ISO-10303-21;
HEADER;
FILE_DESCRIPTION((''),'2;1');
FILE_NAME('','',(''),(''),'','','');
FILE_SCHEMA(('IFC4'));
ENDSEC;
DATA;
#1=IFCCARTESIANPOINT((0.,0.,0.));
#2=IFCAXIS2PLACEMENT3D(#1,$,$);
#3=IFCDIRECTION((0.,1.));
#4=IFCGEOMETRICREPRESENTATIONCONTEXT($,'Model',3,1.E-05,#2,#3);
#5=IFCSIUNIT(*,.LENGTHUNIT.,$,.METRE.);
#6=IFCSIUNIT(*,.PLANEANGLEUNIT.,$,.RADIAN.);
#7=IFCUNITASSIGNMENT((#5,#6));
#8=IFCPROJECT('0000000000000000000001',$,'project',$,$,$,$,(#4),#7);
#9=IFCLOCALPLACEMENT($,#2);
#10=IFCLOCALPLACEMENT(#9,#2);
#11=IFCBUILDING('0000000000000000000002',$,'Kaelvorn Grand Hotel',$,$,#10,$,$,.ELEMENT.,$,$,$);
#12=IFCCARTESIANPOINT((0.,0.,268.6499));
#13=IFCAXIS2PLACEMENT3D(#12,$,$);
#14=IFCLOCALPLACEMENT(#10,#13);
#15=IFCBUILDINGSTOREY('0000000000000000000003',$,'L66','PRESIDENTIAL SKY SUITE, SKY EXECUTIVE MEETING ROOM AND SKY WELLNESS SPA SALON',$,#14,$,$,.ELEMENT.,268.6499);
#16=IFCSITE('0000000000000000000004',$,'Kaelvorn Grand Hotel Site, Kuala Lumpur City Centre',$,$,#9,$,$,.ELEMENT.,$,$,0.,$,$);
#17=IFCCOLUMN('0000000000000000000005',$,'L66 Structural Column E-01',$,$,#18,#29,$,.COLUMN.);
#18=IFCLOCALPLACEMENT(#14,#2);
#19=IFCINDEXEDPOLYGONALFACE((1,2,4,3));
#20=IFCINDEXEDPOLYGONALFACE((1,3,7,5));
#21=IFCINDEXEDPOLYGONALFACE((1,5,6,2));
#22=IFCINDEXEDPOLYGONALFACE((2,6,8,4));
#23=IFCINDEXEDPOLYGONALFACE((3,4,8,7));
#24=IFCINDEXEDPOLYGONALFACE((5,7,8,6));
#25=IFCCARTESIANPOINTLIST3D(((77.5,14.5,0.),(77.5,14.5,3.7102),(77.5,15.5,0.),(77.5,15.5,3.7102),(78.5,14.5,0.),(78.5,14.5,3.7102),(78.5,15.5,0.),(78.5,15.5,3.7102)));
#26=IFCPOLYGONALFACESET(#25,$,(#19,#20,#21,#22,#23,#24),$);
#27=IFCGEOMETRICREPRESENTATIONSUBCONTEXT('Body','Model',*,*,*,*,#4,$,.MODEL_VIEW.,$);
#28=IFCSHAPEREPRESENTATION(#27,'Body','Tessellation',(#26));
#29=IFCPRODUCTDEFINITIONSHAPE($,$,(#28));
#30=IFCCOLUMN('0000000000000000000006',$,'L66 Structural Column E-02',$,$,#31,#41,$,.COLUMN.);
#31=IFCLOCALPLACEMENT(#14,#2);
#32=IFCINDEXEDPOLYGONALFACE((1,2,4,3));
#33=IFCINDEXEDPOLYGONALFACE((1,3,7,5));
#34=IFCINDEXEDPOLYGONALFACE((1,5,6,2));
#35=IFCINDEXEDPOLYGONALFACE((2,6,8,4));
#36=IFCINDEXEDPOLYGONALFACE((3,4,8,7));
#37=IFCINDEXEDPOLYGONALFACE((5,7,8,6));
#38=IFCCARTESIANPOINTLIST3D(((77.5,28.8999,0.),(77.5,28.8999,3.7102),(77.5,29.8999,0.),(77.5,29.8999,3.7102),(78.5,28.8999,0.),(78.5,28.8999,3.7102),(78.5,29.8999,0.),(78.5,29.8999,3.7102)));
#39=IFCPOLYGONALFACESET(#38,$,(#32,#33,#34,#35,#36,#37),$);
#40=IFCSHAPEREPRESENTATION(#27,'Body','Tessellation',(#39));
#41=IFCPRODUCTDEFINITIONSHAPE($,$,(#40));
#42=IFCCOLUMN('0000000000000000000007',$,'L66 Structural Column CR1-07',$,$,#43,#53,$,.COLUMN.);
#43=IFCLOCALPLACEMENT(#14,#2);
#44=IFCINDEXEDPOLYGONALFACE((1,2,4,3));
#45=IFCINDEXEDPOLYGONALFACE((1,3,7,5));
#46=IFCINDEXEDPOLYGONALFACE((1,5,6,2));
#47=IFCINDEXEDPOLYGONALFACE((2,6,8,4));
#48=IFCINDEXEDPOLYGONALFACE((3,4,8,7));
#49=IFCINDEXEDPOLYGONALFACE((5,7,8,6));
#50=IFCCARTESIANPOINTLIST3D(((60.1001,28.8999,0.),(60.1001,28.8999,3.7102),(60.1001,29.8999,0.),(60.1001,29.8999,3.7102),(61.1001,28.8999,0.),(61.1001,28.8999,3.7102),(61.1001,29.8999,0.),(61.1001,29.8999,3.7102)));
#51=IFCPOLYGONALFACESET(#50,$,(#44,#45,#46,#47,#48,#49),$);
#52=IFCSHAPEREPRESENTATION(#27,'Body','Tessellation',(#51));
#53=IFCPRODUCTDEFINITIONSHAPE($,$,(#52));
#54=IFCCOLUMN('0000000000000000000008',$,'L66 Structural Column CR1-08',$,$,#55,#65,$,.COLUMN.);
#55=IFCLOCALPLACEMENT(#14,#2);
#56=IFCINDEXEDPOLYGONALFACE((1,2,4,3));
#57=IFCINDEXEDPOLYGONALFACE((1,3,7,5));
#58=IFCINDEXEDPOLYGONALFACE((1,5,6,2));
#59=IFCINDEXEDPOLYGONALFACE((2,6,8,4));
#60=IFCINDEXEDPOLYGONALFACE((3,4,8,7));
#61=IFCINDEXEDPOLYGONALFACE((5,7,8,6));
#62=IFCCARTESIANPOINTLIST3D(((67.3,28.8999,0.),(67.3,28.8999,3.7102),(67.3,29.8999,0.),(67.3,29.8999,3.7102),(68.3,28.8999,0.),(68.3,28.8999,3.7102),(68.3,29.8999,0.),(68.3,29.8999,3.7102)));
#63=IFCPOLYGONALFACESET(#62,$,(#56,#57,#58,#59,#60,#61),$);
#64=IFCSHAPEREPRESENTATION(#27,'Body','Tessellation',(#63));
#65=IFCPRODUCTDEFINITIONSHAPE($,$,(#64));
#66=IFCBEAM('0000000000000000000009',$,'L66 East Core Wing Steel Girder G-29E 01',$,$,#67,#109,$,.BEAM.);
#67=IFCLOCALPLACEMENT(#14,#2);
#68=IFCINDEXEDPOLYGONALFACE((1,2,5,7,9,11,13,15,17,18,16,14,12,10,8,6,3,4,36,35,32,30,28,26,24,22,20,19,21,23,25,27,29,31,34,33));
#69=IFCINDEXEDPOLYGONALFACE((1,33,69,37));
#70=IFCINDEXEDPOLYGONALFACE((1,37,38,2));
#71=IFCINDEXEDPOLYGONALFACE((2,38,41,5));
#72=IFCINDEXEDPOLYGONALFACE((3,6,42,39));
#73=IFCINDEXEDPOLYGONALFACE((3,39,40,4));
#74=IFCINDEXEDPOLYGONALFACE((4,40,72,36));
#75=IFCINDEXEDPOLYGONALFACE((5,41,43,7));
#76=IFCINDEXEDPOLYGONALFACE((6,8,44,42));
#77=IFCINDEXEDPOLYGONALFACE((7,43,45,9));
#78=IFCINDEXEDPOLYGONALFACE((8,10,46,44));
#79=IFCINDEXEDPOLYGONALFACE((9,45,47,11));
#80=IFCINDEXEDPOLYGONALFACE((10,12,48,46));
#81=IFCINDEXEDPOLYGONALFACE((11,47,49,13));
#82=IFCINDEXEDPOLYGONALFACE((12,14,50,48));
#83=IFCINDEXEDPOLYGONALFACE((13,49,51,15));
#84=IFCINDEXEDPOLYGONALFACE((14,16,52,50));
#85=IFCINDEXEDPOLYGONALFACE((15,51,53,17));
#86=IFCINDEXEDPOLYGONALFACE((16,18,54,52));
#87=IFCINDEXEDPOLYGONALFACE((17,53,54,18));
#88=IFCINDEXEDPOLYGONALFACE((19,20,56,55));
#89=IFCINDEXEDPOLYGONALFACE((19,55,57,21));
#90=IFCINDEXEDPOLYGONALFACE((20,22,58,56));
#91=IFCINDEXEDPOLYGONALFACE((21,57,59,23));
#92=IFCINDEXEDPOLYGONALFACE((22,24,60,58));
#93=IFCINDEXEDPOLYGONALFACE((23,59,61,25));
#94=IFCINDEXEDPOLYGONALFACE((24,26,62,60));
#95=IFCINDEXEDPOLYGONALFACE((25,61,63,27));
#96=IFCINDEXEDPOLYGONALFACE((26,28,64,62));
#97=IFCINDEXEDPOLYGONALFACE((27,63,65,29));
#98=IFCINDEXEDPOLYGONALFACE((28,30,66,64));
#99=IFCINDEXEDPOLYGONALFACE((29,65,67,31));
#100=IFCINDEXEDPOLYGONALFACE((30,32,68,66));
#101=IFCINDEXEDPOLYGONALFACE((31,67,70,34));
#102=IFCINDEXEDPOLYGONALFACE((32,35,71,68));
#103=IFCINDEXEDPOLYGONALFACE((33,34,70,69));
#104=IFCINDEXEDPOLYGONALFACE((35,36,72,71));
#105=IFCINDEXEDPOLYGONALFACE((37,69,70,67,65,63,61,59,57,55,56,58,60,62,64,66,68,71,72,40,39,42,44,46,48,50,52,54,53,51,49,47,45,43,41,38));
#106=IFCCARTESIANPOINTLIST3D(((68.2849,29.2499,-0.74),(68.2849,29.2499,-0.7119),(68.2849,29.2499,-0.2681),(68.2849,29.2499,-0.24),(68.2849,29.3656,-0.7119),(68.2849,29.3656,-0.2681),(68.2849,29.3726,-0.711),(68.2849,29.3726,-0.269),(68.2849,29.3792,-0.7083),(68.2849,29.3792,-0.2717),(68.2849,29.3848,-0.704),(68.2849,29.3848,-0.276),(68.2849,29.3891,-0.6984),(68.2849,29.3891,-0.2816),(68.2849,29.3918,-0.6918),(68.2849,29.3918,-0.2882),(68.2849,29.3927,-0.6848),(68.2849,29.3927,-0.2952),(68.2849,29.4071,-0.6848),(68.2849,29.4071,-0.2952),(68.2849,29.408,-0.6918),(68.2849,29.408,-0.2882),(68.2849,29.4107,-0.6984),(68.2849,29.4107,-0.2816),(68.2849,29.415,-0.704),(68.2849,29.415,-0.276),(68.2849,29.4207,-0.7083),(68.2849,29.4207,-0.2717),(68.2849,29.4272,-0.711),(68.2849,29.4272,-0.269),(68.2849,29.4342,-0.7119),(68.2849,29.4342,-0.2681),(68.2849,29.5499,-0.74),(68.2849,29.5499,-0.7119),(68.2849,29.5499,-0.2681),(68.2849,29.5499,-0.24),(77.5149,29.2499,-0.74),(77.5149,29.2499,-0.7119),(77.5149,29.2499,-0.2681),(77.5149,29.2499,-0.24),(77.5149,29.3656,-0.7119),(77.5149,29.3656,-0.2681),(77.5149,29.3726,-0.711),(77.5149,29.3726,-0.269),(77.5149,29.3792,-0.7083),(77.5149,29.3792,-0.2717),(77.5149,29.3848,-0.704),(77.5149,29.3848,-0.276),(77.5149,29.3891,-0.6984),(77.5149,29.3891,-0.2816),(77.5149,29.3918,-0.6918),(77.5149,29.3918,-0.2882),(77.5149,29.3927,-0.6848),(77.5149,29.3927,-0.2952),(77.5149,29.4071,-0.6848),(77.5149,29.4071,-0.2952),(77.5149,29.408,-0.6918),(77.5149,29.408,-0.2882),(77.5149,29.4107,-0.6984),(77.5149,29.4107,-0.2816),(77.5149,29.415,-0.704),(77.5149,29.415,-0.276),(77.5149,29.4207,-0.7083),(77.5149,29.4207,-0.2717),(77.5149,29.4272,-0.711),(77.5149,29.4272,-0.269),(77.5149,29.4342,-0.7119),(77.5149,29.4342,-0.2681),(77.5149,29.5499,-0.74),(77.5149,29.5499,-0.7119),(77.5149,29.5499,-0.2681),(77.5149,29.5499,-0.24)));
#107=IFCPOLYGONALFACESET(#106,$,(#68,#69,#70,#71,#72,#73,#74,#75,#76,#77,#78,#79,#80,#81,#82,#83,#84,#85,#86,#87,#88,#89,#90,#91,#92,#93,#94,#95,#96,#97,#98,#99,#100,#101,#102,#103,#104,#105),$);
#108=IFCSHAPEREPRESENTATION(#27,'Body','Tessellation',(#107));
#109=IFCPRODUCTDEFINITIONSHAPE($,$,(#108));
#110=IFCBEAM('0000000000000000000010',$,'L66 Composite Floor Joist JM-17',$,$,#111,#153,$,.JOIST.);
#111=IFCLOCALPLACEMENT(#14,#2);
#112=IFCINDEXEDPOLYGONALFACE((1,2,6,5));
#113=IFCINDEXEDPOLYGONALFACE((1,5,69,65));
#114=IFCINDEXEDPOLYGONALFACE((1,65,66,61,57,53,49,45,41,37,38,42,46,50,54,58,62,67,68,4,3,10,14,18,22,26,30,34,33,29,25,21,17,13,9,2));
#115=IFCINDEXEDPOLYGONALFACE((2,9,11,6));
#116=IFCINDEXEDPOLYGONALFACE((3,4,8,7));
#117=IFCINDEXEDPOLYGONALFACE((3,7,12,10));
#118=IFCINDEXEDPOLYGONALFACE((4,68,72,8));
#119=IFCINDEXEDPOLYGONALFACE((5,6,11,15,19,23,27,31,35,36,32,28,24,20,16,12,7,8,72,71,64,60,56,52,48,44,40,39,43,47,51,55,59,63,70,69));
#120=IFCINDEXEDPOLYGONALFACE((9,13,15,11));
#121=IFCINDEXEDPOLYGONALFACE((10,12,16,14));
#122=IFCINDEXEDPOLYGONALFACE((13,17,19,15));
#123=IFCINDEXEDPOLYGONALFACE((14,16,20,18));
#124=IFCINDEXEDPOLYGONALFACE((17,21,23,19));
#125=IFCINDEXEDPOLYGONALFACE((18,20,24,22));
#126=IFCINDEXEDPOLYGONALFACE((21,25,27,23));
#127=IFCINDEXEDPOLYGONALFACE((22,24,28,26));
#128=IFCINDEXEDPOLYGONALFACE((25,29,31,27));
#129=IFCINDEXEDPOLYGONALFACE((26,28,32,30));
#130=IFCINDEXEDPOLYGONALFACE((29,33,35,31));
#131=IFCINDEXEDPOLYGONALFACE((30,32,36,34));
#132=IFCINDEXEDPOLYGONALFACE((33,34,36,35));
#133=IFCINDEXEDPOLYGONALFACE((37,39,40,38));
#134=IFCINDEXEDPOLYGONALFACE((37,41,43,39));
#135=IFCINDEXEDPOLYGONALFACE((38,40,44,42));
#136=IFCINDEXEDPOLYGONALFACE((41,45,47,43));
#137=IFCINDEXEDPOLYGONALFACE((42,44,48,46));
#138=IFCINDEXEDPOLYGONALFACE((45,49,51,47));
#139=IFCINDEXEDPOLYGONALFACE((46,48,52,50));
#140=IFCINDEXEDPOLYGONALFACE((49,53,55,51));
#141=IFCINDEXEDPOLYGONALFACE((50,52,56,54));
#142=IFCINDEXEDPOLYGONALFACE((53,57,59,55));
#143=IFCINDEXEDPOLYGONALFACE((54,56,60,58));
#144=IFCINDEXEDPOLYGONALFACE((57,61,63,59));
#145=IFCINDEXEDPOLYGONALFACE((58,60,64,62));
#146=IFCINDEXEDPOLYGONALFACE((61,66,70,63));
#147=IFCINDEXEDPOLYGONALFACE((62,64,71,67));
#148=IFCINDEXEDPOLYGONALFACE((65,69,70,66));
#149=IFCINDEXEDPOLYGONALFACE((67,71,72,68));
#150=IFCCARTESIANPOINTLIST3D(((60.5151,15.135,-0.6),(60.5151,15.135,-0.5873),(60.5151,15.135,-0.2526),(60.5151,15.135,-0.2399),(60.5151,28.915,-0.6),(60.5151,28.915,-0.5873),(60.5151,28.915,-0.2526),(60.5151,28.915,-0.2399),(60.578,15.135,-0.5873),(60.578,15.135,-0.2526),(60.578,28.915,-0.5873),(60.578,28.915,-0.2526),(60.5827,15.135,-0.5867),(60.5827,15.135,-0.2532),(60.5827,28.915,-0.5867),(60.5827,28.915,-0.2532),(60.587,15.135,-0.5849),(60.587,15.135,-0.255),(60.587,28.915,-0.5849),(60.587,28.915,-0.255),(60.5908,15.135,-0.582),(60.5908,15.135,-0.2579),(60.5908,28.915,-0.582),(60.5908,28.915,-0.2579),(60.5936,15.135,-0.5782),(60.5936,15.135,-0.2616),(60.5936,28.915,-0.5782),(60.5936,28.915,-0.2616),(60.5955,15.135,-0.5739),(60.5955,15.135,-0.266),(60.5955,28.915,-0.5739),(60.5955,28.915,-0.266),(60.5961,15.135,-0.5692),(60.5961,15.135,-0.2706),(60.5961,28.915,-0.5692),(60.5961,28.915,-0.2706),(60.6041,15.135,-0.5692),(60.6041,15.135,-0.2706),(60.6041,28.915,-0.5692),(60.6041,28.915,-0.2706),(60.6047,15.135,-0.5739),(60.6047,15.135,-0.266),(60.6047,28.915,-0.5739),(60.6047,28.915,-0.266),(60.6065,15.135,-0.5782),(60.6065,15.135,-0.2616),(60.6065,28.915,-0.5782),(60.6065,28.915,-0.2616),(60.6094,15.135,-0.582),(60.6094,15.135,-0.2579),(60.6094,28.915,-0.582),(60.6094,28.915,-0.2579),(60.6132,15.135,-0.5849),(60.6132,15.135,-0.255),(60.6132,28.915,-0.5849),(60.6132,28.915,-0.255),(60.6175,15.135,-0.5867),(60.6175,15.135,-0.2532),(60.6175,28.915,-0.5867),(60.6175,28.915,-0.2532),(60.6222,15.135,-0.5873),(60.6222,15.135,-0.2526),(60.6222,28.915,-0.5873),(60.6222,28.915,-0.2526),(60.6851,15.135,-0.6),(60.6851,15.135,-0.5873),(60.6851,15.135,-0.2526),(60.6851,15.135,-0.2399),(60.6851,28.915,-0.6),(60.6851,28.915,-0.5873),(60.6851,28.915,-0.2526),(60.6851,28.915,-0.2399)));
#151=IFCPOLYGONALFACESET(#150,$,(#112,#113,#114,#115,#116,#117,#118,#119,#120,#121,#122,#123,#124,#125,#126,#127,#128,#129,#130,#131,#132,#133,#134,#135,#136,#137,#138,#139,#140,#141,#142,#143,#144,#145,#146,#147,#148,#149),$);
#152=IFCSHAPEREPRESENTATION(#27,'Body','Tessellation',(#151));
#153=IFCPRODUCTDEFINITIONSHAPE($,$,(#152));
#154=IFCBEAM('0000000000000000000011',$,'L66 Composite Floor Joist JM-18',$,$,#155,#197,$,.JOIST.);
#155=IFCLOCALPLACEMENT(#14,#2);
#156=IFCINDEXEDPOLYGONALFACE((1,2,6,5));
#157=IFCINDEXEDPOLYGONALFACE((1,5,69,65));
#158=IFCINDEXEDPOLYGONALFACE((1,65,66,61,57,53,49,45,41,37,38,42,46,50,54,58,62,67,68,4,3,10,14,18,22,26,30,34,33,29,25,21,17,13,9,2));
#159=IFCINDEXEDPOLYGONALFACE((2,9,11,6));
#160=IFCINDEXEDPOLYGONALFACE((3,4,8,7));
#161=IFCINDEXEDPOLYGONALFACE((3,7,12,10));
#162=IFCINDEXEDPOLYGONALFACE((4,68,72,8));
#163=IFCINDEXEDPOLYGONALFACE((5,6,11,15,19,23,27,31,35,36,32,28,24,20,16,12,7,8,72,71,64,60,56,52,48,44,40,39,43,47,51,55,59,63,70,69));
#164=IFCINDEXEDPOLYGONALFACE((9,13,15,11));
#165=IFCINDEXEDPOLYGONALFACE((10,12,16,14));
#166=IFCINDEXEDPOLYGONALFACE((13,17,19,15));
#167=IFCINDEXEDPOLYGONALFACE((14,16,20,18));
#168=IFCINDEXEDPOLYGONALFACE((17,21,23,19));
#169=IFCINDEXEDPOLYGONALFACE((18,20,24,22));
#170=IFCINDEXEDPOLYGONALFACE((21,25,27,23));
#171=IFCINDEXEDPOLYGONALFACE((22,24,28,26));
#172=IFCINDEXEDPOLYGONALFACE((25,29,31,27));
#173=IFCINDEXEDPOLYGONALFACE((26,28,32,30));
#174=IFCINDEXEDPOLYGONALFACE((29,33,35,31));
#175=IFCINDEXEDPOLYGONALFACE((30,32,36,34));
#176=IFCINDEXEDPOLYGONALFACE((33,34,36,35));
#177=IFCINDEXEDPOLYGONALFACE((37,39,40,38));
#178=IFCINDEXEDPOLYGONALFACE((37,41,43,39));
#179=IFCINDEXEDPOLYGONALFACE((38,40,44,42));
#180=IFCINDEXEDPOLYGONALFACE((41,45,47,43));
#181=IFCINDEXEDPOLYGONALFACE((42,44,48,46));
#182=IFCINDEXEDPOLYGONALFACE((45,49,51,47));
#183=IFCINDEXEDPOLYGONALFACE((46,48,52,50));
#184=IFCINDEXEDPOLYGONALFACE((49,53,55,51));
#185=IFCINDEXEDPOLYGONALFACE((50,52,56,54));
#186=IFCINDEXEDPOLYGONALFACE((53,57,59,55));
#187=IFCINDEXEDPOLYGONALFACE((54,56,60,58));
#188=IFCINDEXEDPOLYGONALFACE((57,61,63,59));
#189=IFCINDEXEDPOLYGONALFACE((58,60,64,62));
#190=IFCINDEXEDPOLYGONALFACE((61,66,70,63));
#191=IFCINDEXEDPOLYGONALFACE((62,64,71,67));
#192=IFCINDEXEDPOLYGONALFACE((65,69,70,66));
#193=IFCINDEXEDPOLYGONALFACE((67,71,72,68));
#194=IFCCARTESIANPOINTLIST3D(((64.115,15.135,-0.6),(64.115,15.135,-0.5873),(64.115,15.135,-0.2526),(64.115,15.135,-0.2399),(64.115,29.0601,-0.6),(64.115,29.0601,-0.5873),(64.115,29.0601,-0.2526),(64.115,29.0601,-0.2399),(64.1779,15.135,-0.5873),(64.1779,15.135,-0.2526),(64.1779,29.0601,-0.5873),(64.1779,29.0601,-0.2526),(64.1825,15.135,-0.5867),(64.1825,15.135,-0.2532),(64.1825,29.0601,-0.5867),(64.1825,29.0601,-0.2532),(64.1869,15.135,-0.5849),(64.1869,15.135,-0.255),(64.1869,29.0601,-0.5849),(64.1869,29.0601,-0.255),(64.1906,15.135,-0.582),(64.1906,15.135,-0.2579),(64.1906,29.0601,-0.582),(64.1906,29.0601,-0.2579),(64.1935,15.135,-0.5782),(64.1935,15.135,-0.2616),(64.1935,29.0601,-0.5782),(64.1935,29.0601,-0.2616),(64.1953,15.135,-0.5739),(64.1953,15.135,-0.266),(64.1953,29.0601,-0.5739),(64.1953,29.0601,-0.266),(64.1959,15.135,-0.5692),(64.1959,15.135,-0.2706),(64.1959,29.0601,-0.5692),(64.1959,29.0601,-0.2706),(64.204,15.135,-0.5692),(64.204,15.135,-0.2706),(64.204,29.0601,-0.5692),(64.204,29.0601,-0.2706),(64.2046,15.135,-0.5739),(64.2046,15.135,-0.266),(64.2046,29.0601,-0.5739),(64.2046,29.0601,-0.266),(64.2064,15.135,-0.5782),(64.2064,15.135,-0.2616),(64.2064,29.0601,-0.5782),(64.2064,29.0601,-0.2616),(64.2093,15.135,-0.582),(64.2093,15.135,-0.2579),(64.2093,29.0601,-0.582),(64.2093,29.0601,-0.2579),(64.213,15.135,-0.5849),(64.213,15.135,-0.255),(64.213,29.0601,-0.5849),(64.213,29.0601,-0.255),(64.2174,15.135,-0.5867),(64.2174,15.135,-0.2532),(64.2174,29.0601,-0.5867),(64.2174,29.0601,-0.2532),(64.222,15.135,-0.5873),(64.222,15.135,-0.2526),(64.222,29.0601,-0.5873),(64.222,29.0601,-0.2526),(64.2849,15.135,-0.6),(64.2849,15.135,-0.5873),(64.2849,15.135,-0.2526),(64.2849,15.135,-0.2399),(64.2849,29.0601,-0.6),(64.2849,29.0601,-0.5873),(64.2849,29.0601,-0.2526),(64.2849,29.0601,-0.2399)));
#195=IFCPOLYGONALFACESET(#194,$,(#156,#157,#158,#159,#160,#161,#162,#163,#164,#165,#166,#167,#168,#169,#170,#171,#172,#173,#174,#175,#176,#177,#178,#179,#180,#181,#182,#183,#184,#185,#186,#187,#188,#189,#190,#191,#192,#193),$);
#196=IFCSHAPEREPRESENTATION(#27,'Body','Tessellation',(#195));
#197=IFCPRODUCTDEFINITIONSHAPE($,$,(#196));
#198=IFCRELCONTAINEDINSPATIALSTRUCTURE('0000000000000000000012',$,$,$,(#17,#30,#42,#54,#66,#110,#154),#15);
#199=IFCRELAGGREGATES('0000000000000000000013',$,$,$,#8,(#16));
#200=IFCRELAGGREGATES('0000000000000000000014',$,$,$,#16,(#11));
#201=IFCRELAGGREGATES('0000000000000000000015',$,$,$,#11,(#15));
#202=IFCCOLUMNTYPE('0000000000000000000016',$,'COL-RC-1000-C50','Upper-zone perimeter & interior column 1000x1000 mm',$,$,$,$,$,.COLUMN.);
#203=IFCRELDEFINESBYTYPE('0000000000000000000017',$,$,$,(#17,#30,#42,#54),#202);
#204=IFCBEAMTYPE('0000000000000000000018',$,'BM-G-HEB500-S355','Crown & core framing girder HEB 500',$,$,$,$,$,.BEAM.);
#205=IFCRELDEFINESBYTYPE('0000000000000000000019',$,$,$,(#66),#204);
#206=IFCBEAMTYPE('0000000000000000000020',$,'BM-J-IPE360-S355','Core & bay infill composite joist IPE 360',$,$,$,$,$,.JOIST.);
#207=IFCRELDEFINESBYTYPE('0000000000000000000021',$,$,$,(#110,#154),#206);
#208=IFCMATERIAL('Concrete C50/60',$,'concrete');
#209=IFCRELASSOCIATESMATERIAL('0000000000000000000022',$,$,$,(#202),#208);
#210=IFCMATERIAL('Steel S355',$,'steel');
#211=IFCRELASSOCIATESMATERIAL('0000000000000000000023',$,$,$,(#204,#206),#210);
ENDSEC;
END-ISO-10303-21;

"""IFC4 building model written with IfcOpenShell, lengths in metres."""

from ifc_helpers import new_model, si_unit, direction, frame, origin, origin_2d, place, context, subcontext, project, spatial, rectangle, i_section, extrude, material, material_profile, profile_set, type_object, element, save


model = new_model("IFC4")

# Units and contexts
model_context = context("Model", 3, precision=1e-05, world=origin(), true_north=direction((0.0, 1.0)))
body_context = subcontext(model_context, "Body", "Model", "MODEL_VIEW")
ifc_project = project(units=[si_unit("LENGTHUNIT", "METRE"), si_unit("PLANEANGLEUNIT", "RADIAN")], contexts=[model_context])

# Site, building, storey
site_placement = place(None, origin())
site = spatial("IfcSite", under=ifc_project, at=site_placement, Name="Kaelvorn Grand Hotel Site, Kuala Lumpur City Centre", CompositionType="ELEMENT", RefElevation=0.0)
building_placement = place(site_placement, origin())
building = spatial("IfcBuilding", under=site, at=building_placement, Name="Kaelvorn Grand Hotel", CompositionType="ELEMENT")
storey_placement = place(building_placement, frame((0.0, 0.0, 268.6499)))
storey = spatial("IfcBuildingStorey", under=building, at=storey_placement, Name="L66", Description="PRESIDENTIAL SKY SUITE, SKY EXECUTIVE MEETING ROOM AND SKY WELLNESS SPA SALON", CompositionType="ELEMENT", Elevation=268.6499)

# Columns
ifc_material_1 = material(Name="Concrete C50/60", Category="concrete")
ifc_material_profile_1 = material_profile(ifc_material_1, rectangle(XDim=1.0, YDim=1.0, at=origin_2d()), Name="RC COL 1000x1000")
ifc_profile_set_1 = profile_set([ifc_material_profile_1], Name="Concrete C50/60")
column_type = type_object("IfcColumnType", Name="COL-RC-1000-C50", Description="Upper-zone perimeter & interior column 1000x1000 mm", PredefinedType="COLUMN", material=ifc_profile_set_1)
for number, where, z_axis, x_axis, name in (
    (1, (78.0, 15.0, 0.0), (0.0, 0.0, 1.0), (1.0, 0.0, 0.0), "L66 Structural Column E-01"),
    (2, (78.0, 29.3999, 0.0), (0.0, 0.0, 1.0), (1.0, 0.0, 0.0), "L66 Structural Column E-02"),
    (3, (60.6001, 29.3999, 0.0), (0.0, 0.0, 1.0), (1.0, 0.0, 0.0), "L66 Structural Column CR1-07"),
    (4, (67.8, 29.3999, 0.0), (0.0, 0.0, 1.0), (1.0, 0.0, 0.0), "L66 Structural Column CR1-08"),
):
    element("IfcColumn", number, at=place(storey_placement, frame(where, z_axis=z_axis, x_axis=x_axis)), inside=storey, type_object=column_type, Name=name, PredefinedType="COLUMN", context=body_context, shape_type="SweptSolid", body=[
        extrude(rectangle(XDim=1.0, YDim=1.0, at=origin_2d()), origin(), (0.0, 0.0, 1.0), 3.7102),
    ])

# Beams
ifc_material_2 = material(Name="Steel S355", Category="steel")
ifc_material_profile_2 = material_profile(ifc_material_2, i_section(OverallWidth=0.3, OverallDepth=0.5, WebThickness=0.0144, FlangeThickness=0.0281, FilletRadius=0.0271, at=origin_2d()), Name="HEB 500")
ifc_profile_set_2 = profile_set([ifc_material_profile_2], Name="Steel S355")
beam_type_1 = type_object("IfcBeamType", Name="BM-G-HEB500-S355", Description="Crown & core framing girder HEB 500", PredefinedType="BEAM", material=ifc_profile_set_2)
beam_1_placement = place(storey_placement, frame((68.2849, 29.3999, -0.49), z_axis=(1.0, 0.0, 0.0), x_axis=(0.0, 1.0, 0.0)))
element("IfcBeam", 5, at=beam_1_placement, inside=storey, type_object=beam_type_1, Name="L66 East Core Wing Steel Girder G-29E 01", PredefinedType="BEAM", context=body_context, shape_type="SweptSolid", body=[
    extrude(i_section(OverallWidth=0.3, OverallDepth=0.5, WebThickness=0.0144, FlangeThickness=0.0281, FilletRadius=0.0271, at=origin_2d()), origin(), (0.0, 0.0, 1.0), 9.23),
])
ifc_material_profile_3 = material_profile(ifc_material_2, i_section(OverallWidth=0.1699, OverallDepth=0.3601, WebThickness=0.0081, FlangeThickness=0.0127, FilletRadius=0.0181, at=origin_2d()), Name="IPE 360")
ifc_profile_set_3 = profile_set([ifc_material_profile_3], Name="Steel S355")
beam_type_2 = type_object("IfcBeamType", Name="BM-J-IPE360-S355", Description="Core & bay infill composite joist IPE 360", PredefinedType="JOIST", material=ifc_profile_set_3)
beam_2_placement = place(storey_placement, frame((60.6001, 15.135, -0.4199), z_axis=(0.0, 1.0, 0.0), x_axis=(-1.0, 0.0, 0.0)))
element("IfcBeam", 6, at=beam_2_placement, inside=storey, type_object=beam_type_2, Name="L66 Composite Floor Joist JM-17", PredefinedType="JOIST", context=body_context, shape_type="SweptSolid", body=[
    extrude(i_section(OverallWidth=0.1699, OverallDepth=0.3601, WebThickness=0.0081, FlangeThickness=0.0127, FilletRadius=0.0181, at=origin_2d()), origin(), (0.0, 0.0, 1.0), 13.78),
])
beam_3_placement = place(storey_placement, frame((64.2, 15.135, -0.4199), z_axis=(0.0, 1.0, 0.0), x_axis=(-1.0, 0.0, 0.0)))
element("IfcBeam", 7, at=beam_3_placement, inside=storey, type_object=beam_type_2, Name="L66 Composite Floor Joist JM-18", PredefinedType="JOIST", context=body_context, shape_type="SweptSolid", body=[
    extrude(i_section(OverallWidth=0.1699, OverallDepth=0.3601, WebThickness=0.0081, FlangeThickness=0.0127, FilletRadius=0.0181, at=origin_2d()), origin(), (0.0, 0.0, 1.0), 13.925),
])

save(model, "model.ifc")
